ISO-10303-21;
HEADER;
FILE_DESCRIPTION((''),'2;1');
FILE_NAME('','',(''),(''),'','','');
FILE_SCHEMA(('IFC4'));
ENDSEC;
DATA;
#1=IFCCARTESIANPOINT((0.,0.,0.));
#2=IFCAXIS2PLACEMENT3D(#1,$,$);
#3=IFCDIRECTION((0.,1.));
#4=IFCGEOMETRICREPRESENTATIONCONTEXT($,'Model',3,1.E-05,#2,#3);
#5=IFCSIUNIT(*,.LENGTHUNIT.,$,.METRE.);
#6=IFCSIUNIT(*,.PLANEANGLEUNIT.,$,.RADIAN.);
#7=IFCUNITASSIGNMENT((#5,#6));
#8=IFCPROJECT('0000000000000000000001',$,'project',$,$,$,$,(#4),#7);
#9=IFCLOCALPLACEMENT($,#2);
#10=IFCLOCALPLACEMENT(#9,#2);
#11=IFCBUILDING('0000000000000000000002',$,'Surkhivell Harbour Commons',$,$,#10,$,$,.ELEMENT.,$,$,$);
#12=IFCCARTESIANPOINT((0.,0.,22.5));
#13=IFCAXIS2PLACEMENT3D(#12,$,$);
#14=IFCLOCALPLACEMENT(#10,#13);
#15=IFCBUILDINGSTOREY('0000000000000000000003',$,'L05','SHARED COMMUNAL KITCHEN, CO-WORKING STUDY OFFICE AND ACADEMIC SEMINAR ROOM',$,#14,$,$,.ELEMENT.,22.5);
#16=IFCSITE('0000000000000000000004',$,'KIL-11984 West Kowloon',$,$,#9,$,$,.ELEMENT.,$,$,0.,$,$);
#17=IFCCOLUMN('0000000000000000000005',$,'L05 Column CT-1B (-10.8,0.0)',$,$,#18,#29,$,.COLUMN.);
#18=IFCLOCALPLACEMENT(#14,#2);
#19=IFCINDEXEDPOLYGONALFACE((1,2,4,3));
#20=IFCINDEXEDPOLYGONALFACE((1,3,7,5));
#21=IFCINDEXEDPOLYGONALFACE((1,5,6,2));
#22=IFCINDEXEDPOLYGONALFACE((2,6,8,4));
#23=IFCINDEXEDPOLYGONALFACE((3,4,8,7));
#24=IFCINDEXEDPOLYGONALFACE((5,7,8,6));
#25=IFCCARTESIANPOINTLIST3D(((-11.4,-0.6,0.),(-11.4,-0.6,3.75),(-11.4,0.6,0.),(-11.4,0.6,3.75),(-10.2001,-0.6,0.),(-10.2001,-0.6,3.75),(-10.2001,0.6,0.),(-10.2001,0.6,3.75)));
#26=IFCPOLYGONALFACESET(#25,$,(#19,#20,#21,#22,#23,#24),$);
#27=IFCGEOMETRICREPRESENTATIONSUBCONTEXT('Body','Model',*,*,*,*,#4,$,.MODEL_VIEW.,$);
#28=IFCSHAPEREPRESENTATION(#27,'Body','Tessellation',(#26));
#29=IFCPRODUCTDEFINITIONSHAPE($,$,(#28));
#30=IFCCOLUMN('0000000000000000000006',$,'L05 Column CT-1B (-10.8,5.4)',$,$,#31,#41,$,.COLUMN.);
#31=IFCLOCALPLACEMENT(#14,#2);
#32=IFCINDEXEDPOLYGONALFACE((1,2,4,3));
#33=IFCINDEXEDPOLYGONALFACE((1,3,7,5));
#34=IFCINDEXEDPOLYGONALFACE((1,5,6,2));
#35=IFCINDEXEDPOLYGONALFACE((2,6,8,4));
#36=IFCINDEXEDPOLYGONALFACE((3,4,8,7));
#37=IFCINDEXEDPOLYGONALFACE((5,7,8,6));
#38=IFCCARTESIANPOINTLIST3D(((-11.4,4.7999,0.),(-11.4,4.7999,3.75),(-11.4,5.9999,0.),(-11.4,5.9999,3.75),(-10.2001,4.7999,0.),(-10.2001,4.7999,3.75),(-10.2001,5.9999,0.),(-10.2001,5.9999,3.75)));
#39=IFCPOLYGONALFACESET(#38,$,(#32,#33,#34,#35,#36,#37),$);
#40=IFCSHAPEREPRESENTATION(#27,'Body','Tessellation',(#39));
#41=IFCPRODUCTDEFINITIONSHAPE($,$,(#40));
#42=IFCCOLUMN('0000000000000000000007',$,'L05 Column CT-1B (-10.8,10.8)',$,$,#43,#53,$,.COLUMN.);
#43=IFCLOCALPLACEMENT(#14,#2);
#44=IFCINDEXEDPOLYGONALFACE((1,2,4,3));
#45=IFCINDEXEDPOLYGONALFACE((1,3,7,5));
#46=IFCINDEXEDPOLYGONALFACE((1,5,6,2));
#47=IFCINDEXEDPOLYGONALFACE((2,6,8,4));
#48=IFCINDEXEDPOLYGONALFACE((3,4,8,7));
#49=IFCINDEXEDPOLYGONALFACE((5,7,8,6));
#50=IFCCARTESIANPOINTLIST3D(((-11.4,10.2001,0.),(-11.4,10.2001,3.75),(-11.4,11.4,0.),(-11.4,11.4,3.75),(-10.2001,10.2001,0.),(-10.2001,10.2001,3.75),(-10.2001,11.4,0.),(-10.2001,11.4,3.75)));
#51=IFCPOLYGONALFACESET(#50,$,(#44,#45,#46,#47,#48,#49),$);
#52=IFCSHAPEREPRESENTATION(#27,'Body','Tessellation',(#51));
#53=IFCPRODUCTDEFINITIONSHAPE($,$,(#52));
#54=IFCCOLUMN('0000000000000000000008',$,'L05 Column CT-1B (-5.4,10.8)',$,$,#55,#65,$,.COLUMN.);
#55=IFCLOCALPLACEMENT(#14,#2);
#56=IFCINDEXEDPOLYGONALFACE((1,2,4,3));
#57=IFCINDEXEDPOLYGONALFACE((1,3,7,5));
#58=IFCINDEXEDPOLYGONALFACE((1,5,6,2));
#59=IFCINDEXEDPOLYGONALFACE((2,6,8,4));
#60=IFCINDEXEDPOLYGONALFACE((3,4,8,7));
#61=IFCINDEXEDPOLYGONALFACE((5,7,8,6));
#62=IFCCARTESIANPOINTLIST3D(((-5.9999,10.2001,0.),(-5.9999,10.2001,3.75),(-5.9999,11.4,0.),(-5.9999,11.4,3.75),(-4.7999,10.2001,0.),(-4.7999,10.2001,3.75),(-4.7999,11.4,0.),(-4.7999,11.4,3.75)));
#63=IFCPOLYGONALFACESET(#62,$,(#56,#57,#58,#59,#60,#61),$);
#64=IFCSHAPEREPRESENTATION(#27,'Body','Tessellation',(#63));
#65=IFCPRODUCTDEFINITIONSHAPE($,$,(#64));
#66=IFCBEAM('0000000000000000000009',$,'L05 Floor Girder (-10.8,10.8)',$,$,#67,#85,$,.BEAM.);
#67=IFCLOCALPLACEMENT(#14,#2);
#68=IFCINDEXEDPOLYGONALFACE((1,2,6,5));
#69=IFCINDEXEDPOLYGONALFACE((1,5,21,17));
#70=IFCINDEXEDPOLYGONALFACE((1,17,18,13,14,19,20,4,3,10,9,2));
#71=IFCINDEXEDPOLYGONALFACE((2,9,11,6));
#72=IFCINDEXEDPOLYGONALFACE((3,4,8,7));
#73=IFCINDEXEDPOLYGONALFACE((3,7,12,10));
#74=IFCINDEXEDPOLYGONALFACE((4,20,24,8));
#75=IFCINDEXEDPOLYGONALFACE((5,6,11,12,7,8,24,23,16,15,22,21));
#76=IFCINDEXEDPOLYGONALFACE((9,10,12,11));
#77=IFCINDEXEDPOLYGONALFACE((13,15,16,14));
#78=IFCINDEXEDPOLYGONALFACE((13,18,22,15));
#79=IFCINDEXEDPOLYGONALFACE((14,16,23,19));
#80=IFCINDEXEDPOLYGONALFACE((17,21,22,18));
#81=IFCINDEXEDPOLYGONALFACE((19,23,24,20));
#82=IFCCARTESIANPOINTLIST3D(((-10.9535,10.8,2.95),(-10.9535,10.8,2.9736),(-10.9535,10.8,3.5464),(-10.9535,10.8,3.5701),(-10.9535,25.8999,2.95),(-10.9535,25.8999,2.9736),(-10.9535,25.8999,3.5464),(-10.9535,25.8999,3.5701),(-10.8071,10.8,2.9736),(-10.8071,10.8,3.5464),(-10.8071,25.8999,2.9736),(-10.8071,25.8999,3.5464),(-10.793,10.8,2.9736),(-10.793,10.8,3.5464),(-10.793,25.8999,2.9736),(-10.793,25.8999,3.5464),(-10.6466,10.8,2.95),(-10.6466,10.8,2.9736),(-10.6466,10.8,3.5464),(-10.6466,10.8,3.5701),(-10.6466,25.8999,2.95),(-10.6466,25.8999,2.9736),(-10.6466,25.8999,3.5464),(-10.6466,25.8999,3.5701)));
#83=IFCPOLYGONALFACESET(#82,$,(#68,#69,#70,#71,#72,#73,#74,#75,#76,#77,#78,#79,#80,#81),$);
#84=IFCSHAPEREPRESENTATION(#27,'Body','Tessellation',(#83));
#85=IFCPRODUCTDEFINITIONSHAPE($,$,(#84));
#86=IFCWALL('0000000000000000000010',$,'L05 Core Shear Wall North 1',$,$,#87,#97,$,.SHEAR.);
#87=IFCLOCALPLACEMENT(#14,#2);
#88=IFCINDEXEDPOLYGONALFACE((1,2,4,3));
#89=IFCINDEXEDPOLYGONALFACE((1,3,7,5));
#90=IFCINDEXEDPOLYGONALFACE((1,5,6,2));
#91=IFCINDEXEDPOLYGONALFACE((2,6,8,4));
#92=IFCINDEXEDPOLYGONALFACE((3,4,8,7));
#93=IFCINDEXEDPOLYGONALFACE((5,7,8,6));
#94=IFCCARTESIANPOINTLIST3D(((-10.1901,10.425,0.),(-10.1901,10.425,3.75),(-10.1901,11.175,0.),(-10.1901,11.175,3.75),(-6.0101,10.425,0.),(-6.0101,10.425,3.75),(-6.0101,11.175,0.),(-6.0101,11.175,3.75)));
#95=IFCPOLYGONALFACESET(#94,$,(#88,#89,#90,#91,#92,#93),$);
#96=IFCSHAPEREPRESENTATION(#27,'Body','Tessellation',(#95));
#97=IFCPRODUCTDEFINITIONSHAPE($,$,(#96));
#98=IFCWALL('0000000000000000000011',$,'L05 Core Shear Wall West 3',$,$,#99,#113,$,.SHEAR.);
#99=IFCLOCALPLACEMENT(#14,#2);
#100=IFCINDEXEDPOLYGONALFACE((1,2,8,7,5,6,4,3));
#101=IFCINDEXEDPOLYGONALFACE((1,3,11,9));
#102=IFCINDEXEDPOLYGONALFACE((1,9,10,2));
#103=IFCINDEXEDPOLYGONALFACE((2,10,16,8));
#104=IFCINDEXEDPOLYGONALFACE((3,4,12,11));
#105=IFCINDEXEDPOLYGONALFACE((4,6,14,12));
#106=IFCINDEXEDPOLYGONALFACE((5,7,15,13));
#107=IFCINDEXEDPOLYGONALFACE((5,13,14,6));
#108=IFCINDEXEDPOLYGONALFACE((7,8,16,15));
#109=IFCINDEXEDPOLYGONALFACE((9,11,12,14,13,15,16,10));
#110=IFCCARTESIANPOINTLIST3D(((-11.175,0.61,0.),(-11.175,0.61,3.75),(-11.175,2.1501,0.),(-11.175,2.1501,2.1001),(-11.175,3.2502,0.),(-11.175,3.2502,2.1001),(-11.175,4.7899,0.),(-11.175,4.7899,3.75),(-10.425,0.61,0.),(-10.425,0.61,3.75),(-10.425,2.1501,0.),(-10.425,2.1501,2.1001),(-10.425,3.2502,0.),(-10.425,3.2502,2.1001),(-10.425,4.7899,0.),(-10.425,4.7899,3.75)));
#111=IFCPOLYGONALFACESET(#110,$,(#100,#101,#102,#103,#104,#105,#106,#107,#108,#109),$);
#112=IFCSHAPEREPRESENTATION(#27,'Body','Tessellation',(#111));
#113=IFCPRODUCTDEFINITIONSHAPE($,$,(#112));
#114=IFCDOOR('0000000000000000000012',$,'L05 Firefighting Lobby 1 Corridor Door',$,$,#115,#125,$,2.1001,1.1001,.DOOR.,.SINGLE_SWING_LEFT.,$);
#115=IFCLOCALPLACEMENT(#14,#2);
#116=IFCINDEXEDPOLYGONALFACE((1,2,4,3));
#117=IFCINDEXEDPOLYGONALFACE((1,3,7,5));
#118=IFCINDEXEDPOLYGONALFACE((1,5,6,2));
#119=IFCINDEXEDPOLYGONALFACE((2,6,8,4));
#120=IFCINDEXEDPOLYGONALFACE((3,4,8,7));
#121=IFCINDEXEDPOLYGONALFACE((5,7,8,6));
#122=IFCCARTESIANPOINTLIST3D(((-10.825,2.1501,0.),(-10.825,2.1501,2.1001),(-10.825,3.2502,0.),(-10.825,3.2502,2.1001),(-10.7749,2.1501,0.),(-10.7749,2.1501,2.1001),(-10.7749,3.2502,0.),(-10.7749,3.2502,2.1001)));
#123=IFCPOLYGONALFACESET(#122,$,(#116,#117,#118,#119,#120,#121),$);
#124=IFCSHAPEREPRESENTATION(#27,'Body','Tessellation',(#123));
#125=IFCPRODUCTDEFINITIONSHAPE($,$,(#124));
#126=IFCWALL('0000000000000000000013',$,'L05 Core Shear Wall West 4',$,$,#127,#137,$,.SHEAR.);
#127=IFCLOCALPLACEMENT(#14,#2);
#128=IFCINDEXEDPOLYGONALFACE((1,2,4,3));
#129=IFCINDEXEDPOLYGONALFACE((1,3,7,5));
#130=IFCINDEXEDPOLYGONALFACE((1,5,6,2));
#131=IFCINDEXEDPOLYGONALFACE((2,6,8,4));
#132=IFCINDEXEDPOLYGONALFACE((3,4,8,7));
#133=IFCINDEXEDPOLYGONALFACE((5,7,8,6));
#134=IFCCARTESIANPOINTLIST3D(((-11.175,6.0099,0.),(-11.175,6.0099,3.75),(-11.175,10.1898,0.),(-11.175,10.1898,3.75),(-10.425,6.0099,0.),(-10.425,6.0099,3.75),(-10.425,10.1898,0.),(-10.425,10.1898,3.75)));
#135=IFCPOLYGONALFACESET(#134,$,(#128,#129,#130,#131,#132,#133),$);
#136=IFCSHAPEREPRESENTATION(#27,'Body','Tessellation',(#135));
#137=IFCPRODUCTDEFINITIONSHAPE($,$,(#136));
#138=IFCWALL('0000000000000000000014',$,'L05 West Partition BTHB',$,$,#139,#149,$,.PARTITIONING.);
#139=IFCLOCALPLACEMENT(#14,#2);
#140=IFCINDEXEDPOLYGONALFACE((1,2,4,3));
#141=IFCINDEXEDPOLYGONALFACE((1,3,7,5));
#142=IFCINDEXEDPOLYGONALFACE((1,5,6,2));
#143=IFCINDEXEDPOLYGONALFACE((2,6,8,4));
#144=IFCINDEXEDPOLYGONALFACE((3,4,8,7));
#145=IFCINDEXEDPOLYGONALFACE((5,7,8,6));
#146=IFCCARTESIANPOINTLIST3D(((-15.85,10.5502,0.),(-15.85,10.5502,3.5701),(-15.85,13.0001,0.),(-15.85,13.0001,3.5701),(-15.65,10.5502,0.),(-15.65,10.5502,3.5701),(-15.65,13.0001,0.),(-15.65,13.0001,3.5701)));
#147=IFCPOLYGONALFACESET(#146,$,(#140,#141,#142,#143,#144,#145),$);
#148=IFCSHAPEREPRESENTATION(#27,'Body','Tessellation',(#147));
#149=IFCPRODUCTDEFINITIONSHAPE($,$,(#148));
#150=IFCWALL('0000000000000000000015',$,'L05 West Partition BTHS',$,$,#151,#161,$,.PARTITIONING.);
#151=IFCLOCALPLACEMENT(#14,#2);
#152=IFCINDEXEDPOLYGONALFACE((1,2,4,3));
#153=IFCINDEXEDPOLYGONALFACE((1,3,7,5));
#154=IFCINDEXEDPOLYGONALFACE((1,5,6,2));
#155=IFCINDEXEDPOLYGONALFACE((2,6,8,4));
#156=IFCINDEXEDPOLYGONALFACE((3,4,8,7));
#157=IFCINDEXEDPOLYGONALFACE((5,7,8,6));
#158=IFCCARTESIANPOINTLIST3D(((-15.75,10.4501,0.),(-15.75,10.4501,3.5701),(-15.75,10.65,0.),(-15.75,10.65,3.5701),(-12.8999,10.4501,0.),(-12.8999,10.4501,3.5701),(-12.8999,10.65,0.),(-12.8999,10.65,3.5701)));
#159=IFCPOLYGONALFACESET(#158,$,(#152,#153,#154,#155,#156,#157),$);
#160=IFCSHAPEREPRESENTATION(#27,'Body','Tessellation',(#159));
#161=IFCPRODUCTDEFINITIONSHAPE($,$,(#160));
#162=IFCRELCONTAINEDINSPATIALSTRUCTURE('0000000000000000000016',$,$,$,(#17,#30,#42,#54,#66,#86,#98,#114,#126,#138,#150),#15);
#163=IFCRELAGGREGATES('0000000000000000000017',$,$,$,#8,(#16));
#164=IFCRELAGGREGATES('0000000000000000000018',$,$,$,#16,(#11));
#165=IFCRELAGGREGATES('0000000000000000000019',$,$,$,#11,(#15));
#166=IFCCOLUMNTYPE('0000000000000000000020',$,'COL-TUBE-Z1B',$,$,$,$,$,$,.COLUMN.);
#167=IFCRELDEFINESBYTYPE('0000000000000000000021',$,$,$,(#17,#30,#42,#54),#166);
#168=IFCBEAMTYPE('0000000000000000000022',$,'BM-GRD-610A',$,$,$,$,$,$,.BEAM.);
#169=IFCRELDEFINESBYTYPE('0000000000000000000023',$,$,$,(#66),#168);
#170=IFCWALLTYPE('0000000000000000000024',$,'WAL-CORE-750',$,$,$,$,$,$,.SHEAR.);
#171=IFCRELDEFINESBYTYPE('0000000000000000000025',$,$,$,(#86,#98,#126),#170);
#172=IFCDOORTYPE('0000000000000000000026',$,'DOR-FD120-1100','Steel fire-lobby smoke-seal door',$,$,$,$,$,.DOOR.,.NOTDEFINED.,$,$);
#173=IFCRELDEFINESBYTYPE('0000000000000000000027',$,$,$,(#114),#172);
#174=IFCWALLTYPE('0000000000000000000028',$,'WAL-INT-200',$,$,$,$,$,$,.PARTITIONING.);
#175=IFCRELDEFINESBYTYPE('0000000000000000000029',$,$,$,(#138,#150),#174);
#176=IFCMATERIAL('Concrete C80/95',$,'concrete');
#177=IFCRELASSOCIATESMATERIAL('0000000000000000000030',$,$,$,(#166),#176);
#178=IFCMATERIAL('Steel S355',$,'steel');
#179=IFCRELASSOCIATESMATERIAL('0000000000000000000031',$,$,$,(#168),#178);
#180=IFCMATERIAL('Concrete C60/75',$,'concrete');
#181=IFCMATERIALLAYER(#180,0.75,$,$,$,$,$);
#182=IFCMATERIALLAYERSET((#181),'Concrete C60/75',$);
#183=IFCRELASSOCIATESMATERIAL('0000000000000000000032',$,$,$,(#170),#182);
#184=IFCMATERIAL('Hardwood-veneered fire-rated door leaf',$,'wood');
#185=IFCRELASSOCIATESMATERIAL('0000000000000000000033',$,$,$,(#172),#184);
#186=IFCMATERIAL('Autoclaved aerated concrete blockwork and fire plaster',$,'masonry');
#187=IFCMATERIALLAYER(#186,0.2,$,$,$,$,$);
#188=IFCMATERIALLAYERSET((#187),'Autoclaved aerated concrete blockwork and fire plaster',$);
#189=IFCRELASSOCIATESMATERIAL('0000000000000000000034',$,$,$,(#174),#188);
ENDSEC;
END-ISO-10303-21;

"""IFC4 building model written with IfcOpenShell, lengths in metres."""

from ifc_helpers import new_model, si_unit, direction, frame, frame_2d, origin, origin_2d, place, context, subcontext, project, spatial, rectangle, i_section, extrude, material, layer, layer_set, material_profile, profile_set, type_object, element, fill, save


model = new_model("IFC4")

# Units and contexts
model_context = context("Model", 3, precision=1e-05, world=origin(), true_north=direction((0.0, 1.0)))
body_context = subcontext(model_context, "Body", "Model", "MODEL_VIEW")
ifc_project = project(units=[si_unit("LENGTHUNIT", "METRE"), si_unit("PLANEANGLEUNIT", "RADIAN")], contexts=[model_context])

# Site, building, storey
site_placement = place(None, origin())
site = spatial("IfcSite", under=ifc_project, at=site_placement, Name="KIL-11984 West Kowloon", CompositionType="ELEMENT", RefElevation=0.0)
building_placement = place(site_placement, origin())
building = spatial("IfcBuilding", under=site, at=building_placement, Name="Surkhivell Harbour Commons", CompositionType="ELEMENT")
storey_placement = place(building_placement, frame((0.0, 0.0, 22.5)))
storey = spatial("IfcBuildingStorey", under=building, at=storey_placement, Name="L05", Description="SHARED COMMUNAL KITCHEN, CO-WORKING STUDY OFFICE AND ACADEMIC SEMINAR ROOM", CompositionType="ELEMENT", Elevation=22.5)

# Columns
ifc_material_1 = material(Name="Concrete C80/95", Category="concrete")
ifc_material_profile_1 = material_profile(ifc_material_1, rectangle(XDim=1.2, YDim=1.2, at=origin_2d()), Name="RC-COL-1200x1200")
ifc_profile_set_1 = profile_set([ifc_material_profile_1], Name="Concrete C80/95")
column_type = type_object("IfcColumnType", Name="COL-TUBE-Z1B", PredefinedType="COLUMN", material=ifc_profile_set_1)
for number, where, z_axis, x_axis, name in (
    (1, (-10.8, 0.0, 0.0), (0.0, 0.0, 1.0), (1.0, 0.0, 0.0), "L05 Column CT-1B (-10.8,0.0)"),
    (2, (-10.8, 5.3999, 0.0), (0.0, 0.0, 1.0), (1.0, 0.0, 0.0), "L05 Column CT-1B (-10.8,5.4)"),
    (3, (-10.8, 10.8, 0.0), (0.0, 0.0, 1.0), (1.0, 0.0, 0.0), "L05 Column CT-1B (-10.8,10.8)"),
    (4, (-5.3999, 10.8, 0.0), (0.0, 0.0, 1.0), (1.0, 0.0, 0.0), "L05 Column CT-1B (-5.4,10.8)"),
):
    element("IfcColumn", number, at=place(storey_placement, frame(where, z_axis=z_axis, x_axis=x_axis)), inside=storey, type_object=column_type, Name=name, PredefinedType="COLUMN", context=body_context, shape_type="SweptSolid", body=[
        extrude(rectangle(XDim=1.2, YDim=1.2, at=origin_2d()), origin(), (0.0, 0.0, 1.0), 3.75),
    ])

# Beam
ifc_material_2 = material(Name="Steel S355", Category="steel")
ifc_material_profile_2 = material_profile(ifc_material_2, i_section(OverallWidth=0.3069, OverallDepth=0.6201, WebThickness=0.0142, FlangeThickness=0.0237, at=origin_2d()), Name="UB610x305x179")
ifc_profile_set_2 = profile_set([ifc_material_profile_2], Name="Steel S355")
beam_type = type_object("IfcBeamType", Name="BM-GRD-610A", PredefinedType="BEAM", material=ifc_profile_set_2)
beam_placement = place(storey_placement, frame((-10.8, 10.8, 3.26), z_axis=(0.0, 1.0, 0.0), x_axis=(-1.0, 0.0, 0.0)))
element("IfcBeam", 5, at=beam_placement, inside=storey, type_object=beam_type, Name="L05 Floor Girder (-10.8,10.8)", PredefinedType="BEAM", context=body_context, shape_type="SweptSolid", body=[
    extrude(i_section(OverallWidth=0.3069, OverallDepth=0.6201, WebThickness=0.0142, FlangeThickness=0.0237, at=origin_2d()), origin(), (0.0, 0.0, 1.0), 15.0999),
])

# Wall
ifc_material_3 = material(Name="Concrete C60/75", Category="concrete")
ifc_layer_1 = layer(ifc_material_3, 0.75)
ifc_layer_set_1 = layer_set([ifc_layer_1], Name="Concrete C60/75")
wall_type_1 = type_object("IfcWallType", Name="WAL-CORE-750", PredefinedType="SHEAR", material=ifc_layer_set_1)
wall_1_placement = place(storey_placement, frame((-10.1899, 10.8, 0.0), z_axis=(0.0, 0.0, 1.0), x_axis=(1.0, 0.0, 0.0)))
element("IfcWall", 6, at=wall_1_placement, inside=storey, type_object=wall_type_1, Name="L05 Core Shear Wall North 1", PredefinedType="SHEAR", context=body_context, shape_type="SweptSolid", body=[
    extrude(rectangle(XDim=4.1799, YDim=0.75, at=frame_2d((2.0898, 0.0))), origin(), (0.0, 0.0, 1.0), 3.75),
])

# Wall, opening, door
wall_2_placement = place(storey_placement, frame((-10.8, 0.6101, 0.0), z_axis=(0.0, 0.0, 1.0), x_axis=(0.0, 1.0, 0.0)))
wall_2 = element("IfcWall", 7, at=wall_2_placement, inside=storey, type_object=wall_type_1, Name="L05 Core Shear Wall West 3", PredefinedType="SHEAR", context=body_context, shape_type="SweptSolid", body=[
    extrude(rectangle(XDim=4.1799, YDim=0.75, at=frame_2d((2.0898, 0.0))), origin(), (0.0, 0.0, 1.0), 3.75),
])
opening_1_placement = place(wall_2_placement, frame((1.54, 0.0, 0.0)))
opening_1 = element("IfcOpeningElement", 8, at=opening_1_placement, cuts=wall_2, PredefinedType="OPENING", context=body_context, shape_type="SweptSolid", body=[
    extrude(rectangle(XDim=1.1001, YDim=2.1001, at=frame_2d((0.55, 1.05))), frame((0.0, 0.385, 0.0), z_axis=(0.0, -1.0, 0.0), x_axis=(1.0, 0.0, 0.0)), (0.0, 0.0, 1.0), 0.77),
])
ifc_material_4 = material(Name="Hardwood-veneered fire-rated door leaf", Category="wood")
door_type_1 = type_object("IfcDoorType", Name="DOR-FD120-1100", Description="Steel fire-lobby smoke-seal door", OperationType="NOTDEFINED", PredefinedType="DOOR", material=ifc_material_4)
door_1_placement = place(opening_1_placement, origin())
door_1 = element("IfcDoor", 9, at=door_1_placement, inside=storey, type_object=door_type_1, Name="L05 Firefighting Lobby 1 Corridor Door", OperationType="SINGLE_SWING_LEFT", OverallHeight=2.1001, OverallWidth=1.1001, PredefinedType="DOOR", context=body_context, shape_type="SweptSolid", body=[
    extrude(rectangle(XDim=1.1001, YDim=2.1001, at=frame_2d((0.55, 1.05))), frame((0.0, 0.0249, 0.0), z_axis=(0.0, -1.0, 0.0), x_axis=(1.0, 0.0, 0.0)), (0.0, 0.0, 1.0), 0.05),
])
fill(opening_1, door_1)

# Walls
wall_3_placement = place(storey_placement, frame((-10.8, 6.01, 0.0), z_axis=(0.0, 0.0, 1.0), x_axis=(0.0, 1.0, 0.0)))
element("IfcWall", 10, at=wall_3_placement, inside=storey, type_object=wall_type_1, Name="L05 Core Shear Wall West 4", PredefinedType="SHEAR", context=body_context, shape_type="SweptSolid", body=[
    extrude(rectangle(XDim=4.1799, YDim=0.75, at=frame_2d((2.0898, 0.0))), origin(), (0.0, 0.0, 1.0), 3.75),
])
ifc_material_5 = material(Name="Autoclaved aerated concrete blockwork and fire plaster", Category="masonry")
ifc_layer_2 = layer(ifc_material_5, 0.2)
ifc_layer_set_2 = layer_set([ifc_layer_2], Name="Autoclaved aerated concrete blockwork and fire plaster")
wall_type_2 = type_object("IfcWallType", Name="WAL-INT-200", PredefinedType="PARTITIONING", material=ifc_layer_set_2)
wall_4_placement = place(storey_placement, frame((-15.75, 10.55, 0.0), z_axis=(0.0, 0.0, 1.0), x_axis=(0.0, 1.0, 0.0)))
element("IfcWall", 11, at=wall_4_placement, inside=storey, type_object=wall_type_2, Name="L05 West Partition BTHB", PredefinedType="PARTITIONING", context=body_context, shape_type="SweptSolid", body=[
    extrude(rectangle(XDim=2.45, YDim=0.2, at=frame_2d((1.2251, 0.0))), origin(), (0.0, 0.0, 1.0), 3.5701),
])
wall_5_placement = place(storey_placement, frame((-15.75, 10.55, 0.0), z_axis=(0.0, 0.0, 1.0), x_axis=(1.0, 0.0, 0.0)))
element("IfcWall", 12, at=wall_5_placement, inside=storey, type_object=wall_type_2, Name="L05 West Partition BTHS", PredefinedType="PARTITIONING", context=body_context, shape_type="SweptSolid", body=[
    extrude(rectangle(XDim=2.8501, YDim=0.2, at=frame_2d((1.425, 0.0))), origin(), (0.0, 0.0, 1.0), 3.5701),
])

save(model, "model.ifc")
